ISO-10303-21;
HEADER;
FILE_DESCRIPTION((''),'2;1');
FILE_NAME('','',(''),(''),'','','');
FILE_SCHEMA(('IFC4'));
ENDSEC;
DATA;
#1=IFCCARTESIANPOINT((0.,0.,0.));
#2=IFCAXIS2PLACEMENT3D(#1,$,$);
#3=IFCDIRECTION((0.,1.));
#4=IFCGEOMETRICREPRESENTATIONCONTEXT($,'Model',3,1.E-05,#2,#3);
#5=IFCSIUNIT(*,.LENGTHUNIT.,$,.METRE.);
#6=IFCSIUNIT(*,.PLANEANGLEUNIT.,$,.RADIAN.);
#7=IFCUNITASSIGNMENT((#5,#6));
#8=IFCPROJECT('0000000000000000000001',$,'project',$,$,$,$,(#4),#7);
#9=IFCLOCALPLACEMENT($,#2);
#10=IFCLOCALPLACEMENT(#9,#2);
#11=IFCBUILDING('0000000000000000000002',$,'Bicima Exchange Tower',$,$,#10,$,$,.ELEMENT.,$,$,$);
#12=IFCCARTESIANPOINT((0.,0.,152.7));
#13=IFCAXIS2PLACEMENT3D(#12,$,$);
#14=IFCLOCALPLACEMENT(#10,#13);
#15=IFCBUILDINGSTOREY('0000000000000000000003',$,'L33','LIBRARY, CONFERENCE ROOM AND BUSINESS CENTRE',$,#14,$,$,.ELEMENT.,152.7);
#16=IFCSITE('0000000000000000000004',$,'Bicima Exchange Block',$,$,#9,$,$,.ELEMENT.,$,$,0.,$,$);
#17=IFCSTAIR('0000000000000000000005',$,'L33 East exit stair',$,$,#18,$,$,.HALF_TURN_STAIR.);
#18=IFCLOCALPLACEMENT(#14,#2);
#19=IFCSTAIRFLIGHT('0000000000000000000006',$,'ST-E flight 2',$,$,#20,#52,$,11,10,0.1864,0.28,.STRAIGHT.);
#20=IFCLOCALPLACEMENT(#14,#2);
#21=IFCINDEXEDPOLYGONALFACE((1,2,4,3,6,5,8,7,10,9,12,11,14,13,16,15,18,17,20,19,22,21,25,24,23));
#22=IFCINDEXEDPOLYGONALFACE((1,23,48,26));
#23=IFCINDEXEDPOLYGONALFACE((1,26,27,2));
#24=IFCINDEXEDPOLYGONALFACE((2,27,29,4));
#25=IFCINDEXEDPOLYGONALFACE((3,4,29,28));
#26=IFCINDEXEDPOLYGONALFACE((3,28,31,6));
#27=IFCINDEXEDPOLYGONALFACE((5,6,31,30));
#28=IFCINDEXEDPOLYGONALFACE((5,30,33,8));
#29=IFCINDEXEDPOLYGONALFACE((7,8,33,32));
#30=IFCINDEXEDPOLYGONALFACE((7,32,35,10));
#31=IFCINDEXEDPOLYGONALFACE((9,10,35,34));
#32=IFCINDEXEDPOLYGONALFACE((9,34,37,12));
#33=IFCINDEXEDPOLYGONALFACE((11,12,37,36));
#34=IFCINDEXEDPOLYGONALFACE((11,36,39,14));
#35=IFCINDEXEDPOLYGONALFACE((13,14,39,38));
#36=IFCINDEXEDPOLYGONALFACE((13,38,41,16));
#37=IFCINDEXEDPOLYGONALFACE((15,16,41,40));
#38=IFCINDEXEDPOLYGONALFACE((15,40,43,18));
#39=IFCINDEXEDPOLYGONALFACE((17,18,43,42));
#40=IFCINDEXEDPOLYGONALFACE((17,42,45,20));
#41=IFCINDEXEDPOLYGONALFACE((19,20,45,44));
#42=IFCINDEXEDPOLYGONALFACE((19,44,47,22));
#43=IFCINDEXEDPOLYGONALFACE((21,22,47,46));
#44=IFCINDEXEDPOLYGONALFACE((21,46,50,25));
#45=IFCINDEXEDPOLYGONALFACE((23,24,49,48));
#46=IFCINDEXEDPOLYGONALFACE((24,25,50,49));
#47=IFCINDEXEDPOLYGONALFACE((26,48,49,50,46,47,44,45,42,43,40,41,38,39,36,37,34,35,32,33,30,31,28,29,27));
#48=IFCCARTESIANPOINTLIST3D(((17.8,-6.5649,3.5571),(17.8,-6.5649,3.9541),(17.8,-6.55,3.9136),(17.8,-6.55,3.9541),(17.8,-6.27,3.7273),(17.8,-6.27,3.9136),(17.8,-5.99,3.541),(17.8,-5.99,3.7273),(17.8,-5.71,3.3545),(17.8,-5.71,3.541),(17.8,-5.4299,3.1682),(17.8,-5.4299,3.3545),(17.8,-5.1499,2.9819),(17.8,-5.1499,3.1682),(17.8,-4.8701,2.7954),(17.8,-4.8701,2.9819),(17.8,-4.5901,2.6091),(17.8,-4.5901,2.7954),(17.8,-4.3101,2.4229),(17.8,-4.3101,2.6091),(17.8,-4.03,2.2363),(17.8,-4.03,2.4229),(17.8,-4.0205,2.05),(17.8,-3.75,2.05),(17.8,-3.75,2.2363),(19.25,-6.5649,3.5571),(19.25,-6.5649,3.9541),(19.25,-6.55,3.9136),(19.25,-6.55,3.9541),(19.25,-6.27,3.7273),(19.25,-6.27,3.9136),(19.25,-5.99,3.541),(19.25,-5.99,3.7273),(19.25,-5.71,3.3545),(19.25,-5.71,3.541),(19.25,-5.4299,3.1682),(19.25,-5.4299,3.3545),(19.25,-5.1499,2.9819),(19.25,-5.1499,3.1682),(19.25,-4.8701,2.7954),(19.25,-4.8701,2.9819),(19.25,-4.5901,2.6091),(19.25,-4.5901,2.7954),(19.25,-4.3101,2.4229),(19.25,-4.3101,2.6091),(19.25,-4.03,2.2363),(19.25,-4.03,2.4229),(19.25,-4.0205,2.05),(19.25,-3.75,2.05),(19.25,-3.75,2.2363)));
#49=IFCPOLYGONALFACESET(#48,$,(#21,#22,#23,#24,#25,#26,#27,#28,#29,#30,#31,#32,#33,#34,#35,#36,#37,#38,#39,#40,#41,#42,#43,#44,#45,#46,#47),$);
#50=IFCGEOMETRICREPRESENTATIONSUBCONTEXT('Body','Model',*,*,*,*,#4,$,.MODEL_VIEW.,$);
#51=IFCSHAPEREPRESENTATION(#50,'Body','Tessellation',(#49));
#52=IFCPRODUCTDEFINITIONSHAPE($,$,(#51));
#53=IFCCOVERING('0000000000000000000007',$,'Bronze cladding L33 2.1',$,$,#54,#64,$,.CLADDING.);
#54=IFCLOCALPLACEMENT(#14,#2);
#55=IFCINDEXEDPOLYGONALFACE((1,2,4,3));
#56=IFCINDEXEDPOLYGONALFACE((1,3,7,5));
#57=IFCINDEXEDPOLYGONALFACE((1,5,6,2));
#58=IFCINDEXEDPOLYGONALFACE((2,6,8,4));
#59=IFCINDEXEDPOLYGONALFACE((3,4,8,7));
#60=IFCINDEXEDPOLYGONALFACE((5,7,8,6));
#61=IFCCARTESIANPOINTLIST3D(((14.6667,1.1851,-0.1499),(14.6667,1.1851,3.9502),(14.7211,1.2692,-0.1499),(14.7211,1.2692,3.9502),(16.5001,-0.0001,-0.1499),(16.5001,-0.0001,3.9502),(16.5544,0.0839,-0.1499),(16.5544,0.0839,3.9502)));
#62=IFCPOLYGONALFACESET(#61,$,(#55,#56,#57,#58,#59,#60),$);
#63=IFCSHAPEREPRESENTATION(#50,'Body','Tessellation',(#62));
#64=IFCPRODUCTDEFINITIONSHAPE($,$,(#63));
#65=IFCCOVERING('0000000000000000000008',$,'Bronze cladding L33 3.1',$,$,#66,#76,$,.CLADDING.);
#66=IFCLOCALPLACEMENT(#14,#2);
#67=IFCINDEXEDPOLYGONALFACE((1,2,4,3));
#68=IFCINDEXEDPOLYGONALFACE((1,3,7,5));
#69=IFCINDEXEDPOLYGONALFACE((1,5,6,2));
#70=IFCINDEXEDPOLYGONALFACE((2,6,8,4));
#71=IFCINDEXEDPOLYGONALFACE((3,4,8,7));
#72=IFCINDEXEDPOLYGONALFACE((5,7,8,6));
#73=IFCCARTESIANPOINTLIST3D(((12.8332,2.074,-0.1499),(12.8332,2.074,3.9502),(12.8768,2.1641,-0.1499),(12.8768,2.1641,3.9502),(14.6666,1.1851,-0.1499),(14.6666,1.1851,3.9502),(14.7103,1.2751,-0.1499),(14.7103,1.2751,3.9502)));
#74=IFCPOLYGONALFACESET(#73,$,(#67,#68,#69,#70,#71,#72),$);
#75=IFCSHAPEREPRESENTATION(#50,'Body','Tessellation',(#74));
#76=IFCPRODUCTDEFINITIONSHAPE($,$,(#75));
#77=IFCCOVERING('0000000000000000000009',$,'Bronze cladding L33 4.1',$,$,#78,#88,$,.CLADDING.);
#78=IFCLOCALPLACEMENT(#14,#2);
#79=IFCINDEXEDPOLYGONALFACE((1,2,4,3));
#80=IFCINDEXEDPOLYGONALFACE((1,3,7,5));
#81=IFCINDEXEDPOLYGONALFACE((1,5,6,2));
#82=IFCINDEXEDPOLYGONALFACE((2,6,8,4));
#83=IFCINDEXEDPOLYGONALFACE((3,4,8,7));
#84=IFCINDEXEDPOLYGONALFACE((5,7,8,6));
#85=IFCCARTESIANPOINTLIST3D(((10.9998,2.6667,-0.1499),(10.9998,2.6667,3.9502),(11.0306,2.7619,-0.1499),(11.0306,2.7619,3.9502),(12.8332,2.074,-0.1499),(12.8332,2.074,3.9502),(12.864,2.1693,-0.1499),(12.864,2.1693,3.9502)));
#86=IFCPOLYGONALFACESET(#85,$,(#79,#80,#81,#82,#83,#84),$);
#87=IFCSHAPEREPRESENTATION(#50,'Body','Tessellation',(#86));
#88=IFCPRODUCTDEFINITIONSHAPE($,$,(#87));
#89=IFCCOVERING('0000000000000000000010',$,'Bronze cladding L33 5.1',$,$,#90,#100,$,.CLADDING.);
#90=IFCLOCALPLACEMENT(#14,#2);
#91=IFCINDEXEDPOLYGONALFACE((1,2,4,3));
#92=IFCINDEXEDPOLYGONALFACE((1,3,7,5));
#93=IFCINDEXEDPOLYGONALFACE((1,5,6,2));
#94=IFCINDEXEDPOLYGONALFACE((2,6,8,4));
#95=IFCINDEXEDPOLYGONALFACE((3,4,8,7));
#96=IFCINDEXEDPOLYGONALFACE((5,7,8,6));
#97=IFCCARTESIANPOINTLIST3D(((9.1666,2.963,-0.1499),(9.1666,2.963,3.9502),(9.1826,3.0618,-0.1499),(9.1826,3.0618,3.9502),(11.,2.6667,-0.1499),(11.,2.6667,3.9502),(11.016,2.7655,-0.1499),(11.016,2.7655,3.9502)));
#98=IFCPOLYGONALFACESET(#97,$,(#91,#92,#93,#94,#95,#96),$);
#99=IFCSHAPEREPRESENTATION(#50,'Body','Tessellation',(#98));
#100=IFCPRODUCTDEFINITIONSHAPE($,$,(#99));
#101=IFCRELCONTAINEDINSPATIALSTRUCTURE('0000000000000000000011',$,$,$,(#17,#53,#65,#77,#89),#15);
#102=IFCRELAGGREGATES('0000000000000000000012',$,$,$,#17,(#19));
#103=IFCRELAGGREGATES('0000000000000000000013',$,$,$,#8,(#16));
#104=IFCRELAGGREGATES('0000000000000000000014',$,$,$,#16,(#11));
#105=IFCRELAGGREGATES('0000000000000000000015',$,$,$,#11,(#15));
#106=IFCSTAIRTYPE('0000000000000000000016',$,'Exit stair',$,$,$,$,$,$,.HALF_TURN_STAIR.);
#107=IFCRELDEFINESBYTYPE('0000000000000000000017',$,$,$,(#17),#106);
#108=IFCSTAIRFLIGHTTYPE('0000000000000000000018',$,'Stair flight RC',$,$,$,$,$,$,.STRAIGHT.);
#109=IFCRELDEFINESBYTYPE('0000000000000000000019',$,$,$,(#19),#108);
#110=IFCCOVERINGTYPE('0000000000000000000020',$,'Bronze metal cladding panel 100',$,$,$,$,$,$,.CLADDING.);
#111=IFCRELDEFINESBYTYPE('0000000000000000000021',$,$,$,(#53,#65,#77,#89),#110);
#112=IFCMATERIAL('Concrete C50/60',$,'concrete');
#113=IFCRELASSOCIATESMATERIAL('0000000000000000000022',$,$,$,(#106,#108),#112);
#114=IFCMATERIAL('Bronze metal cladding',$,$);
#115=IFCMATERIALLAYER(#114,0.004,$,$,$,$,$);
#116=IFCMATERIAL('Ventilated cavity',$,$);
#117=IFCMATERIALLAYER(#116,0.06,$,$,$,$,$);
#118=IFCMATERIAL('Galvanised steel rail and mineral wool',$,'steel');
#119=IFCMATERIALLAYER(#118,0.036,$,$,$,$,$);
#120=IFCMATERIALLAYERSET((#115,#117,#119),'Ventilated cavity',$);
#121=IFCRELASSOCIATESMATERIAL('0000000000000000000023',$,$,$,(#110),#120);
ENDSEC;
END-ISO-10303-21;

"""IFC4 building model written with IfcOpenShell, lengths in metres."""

from ifc_helpers import new_model, si_unit, direction, frame, origin, origin_2d, place, context, subcontext, project, spatial, polyline, rectangle, outline, extrude, material, layer, layer_set, type_object, element, aggregate, save


model = new_model("IFC4")

# Units and contexts
model_context = context("Model", 3, precision=1e-05, world=origin(), true_north=direction((0.0, 1.0)))
body_context = subcontext(model_context, "Body", "Model", "MODEL_VIEW")
ifc_project = project(units=[si_unit("LENGTHUNIT", "METRE"), si_unit("PLANEANGLEUNIT", "RADIAN")], contexts=[model_context])

# Site, building, storey
site_placement = place(None, origin())
site = spatial("IfcSite", under=ifc_project, at=site_placement, Name="Bicima Exchange Block", CompositionType="ELEMENT", RefElevation=0.0)
building_placement = place(site_placement, origin())
building = spatial("IfcBuilding", under=site, at=building_placement, Name="Bicima Exchange Tower", CompositionType="ELEMENT")
storey_placement = place(building_placement, frame((0.0, 0.0, 152.7)))
storey = spatial("IfcBuildingStorey", under=building, at=storey_placement, Name="L33", Description="LIBRARY, CONFERENCE ROOM AND BUSINESS CENTRE", CompositionType="ELEMENT", Elevation=152.7)

# Shared definitions
ifc_material_1 = material(Name="Concrete C50/60", Category="concrete")

# Stair, stair flight
stair_type = type_object("IfcStairType", Name="Exit stair", PredefinedType="HALF_TURN_STAIR", material=ifc_material_1)
stair_placement = place(storey_placement, origin())
stair = element("IfcStair", 1, at=stair_placement, inside=storey, type_object=stair_type, Name="L33 East exit stair", PredefinedType="HALF_TURN_STAIR")
stair_flight_type = type_object("IfcStairFlightType", Name="Stair flight RC", PredefinedType="STRAIGHT", material=ifc_material_1)
stair_flight_placement = place(storey_placement, frame((18.5249, -3.75, 2.05), z_axis=(0.0, 0.0, 1.0), x_axis=(0.0, -1.0, 0.0)))
stair_flight = element("IfcStairFlight", 2, at=stair_flight_placement, type_object=stair_flight_type, Name="ST-E flight 2", NumberOfRisers=11, NumberOfTreads=10, PredefinedType="STRAIGHT", RiserHeight=0.1864, TreadLength=0.28, context=body_context, shape_type="SweptSolid", body=[
    extrude(outline(polyline([(0.0, 0.0), (0.0, 0.1863), (0.28, 0.1863), (0.28, 0.3728), (0.5601, 0.3728), (0.5601, 0.5591), (0.8401, 0.5591), (0.8401, 0.7454), (1.1201, 0.7454), (1.1201, 0.9319), (1.3999, 0.9319), (1.3999, 1.1182), (1.6799, 1.1182), (1.6799, 1.3044), (1.96, 1.3044), (1.96, 1.491), (2.24, 1.491), (2.24, 1.6772), (2.52, 1.6772), (2.52, 1.8635), (2.8, 1.8635), (2.8, 1.9041), (2.8149, 1.9041), (2.8149, 1.5071), (0.2705, 0.0), (0.0, 0.0)])), frame((0.0, 0.7251, 0.0), z_axis=(0.0, -1.0, 0.0), x_axis=(1.0, 0.0, 0.0)), (0.0, 0.0, 1.0), 1.45),
])
aggregate(stair, [stair_flight])

# Coverings
ifc_material_2 = material(Name="Bronze metal cladding")
ifc_layer_1 = layer(ifc_material_2, 0.004)
ifc_material_3 = material(Name="Ventilated cavity")
ifc_layer_2 = layer(ifc_material_3, 0.06)
ifc_material_4 = material(Name="Galvanised steel rail and mineral wool", Category="steel")
ifc_layer_3 = layer(ifc_material_4, 0.036)
ifc_layer_set_1 = layer_set([ifc_layer_1, ifc_layer_2, ifc_layer_3], Name="Ventilated cavity")
covering_type = type_object("IfcCoveringType", Name="Bronze metal cladding panel 100", PredefinedType="CLADDING", material=ifc_layer_set_1)
covering_1_placement = place(storey_placement, frame((15.6106, 0.6345, -0.1499), z_axis=(0.0, 0.0, 1.0), x_axis=(-0.83979, 0.542911, 0.0)))
element("IfcCovering", 3, at=covering_1_placement, inside=storey, type_object=covering_type, Name="Bronze cladding L33 2.1", PredefinedType="CLADDING", context=body_context, shape_type="SweptSolid", body=[
    extrude(rectangle(XDim=2.1831, YDim=0.1001, at=origin_2d()), origin(), (0.0, 0.0, 1.0), 4.1001),
])
covering_2_placement = place(storey_placement, frame((13.7717, 1.6746, -0.1499), z_axis=(0.0, 0.0, 1.0), x_axis=(-0.899818, 0.436265, 0.0)))
element("IfcCovering", 4, at=covering_2_placement, inside=storey, type_object=covering_type, Name="Bronze cladding L33 3.1", PredefinedType="CLADDING", context=body_context, shape_type="SweptSolid", body=[
    extrude(rectangle(XDim=2.0376, YDim=0.1001, at=origin_2d()), origin(), (0.0, 0.0, 1.0), 4.1001),
])
covering_3_placement = place(storey_placement, frame((11.9319, 2.418, -0.1499), z_axis=(0.0, 0.0, 1.0), x_axis=(-0.951525, 0.307573, 0.0)))
element("IfcCovering", 5, at=covering_3_placement, inside=storey, type_object=covering_type, Name="Bronze cladding L33 4.1", PredefinedType="CLADDING", context=body_context, shape_type="SweptSolid", body=[
    extrude(rectangle(XDim=1.9268, YDim=0.1001, at=origin_2d()), origin(), (0.0, 0.0, 1.0), 4.1001),
])
covering_4_placement = place(storey_placement, frame((10.0913, 2.8643, -0.1499), z_axis=(0.0, 0.0, 1.0), x_axis=(-0.98719, 0.15955, 0.0)))
element("IfcCovering", 6, at=covering_4_placement, inside=storey, type_object=covering_type, Name="Bronze cladding L33 5.1", PredefinedType="CLADDING", context=body_context, shape_type="SweptSolid", body=[
    extrude(rectangle(XDim=1.8572, YDim=0.1001, at=origin_2d()), origin(), (0.0, 0.0, 1.0), 4.1001),
])

save(model, "model.ifc")
